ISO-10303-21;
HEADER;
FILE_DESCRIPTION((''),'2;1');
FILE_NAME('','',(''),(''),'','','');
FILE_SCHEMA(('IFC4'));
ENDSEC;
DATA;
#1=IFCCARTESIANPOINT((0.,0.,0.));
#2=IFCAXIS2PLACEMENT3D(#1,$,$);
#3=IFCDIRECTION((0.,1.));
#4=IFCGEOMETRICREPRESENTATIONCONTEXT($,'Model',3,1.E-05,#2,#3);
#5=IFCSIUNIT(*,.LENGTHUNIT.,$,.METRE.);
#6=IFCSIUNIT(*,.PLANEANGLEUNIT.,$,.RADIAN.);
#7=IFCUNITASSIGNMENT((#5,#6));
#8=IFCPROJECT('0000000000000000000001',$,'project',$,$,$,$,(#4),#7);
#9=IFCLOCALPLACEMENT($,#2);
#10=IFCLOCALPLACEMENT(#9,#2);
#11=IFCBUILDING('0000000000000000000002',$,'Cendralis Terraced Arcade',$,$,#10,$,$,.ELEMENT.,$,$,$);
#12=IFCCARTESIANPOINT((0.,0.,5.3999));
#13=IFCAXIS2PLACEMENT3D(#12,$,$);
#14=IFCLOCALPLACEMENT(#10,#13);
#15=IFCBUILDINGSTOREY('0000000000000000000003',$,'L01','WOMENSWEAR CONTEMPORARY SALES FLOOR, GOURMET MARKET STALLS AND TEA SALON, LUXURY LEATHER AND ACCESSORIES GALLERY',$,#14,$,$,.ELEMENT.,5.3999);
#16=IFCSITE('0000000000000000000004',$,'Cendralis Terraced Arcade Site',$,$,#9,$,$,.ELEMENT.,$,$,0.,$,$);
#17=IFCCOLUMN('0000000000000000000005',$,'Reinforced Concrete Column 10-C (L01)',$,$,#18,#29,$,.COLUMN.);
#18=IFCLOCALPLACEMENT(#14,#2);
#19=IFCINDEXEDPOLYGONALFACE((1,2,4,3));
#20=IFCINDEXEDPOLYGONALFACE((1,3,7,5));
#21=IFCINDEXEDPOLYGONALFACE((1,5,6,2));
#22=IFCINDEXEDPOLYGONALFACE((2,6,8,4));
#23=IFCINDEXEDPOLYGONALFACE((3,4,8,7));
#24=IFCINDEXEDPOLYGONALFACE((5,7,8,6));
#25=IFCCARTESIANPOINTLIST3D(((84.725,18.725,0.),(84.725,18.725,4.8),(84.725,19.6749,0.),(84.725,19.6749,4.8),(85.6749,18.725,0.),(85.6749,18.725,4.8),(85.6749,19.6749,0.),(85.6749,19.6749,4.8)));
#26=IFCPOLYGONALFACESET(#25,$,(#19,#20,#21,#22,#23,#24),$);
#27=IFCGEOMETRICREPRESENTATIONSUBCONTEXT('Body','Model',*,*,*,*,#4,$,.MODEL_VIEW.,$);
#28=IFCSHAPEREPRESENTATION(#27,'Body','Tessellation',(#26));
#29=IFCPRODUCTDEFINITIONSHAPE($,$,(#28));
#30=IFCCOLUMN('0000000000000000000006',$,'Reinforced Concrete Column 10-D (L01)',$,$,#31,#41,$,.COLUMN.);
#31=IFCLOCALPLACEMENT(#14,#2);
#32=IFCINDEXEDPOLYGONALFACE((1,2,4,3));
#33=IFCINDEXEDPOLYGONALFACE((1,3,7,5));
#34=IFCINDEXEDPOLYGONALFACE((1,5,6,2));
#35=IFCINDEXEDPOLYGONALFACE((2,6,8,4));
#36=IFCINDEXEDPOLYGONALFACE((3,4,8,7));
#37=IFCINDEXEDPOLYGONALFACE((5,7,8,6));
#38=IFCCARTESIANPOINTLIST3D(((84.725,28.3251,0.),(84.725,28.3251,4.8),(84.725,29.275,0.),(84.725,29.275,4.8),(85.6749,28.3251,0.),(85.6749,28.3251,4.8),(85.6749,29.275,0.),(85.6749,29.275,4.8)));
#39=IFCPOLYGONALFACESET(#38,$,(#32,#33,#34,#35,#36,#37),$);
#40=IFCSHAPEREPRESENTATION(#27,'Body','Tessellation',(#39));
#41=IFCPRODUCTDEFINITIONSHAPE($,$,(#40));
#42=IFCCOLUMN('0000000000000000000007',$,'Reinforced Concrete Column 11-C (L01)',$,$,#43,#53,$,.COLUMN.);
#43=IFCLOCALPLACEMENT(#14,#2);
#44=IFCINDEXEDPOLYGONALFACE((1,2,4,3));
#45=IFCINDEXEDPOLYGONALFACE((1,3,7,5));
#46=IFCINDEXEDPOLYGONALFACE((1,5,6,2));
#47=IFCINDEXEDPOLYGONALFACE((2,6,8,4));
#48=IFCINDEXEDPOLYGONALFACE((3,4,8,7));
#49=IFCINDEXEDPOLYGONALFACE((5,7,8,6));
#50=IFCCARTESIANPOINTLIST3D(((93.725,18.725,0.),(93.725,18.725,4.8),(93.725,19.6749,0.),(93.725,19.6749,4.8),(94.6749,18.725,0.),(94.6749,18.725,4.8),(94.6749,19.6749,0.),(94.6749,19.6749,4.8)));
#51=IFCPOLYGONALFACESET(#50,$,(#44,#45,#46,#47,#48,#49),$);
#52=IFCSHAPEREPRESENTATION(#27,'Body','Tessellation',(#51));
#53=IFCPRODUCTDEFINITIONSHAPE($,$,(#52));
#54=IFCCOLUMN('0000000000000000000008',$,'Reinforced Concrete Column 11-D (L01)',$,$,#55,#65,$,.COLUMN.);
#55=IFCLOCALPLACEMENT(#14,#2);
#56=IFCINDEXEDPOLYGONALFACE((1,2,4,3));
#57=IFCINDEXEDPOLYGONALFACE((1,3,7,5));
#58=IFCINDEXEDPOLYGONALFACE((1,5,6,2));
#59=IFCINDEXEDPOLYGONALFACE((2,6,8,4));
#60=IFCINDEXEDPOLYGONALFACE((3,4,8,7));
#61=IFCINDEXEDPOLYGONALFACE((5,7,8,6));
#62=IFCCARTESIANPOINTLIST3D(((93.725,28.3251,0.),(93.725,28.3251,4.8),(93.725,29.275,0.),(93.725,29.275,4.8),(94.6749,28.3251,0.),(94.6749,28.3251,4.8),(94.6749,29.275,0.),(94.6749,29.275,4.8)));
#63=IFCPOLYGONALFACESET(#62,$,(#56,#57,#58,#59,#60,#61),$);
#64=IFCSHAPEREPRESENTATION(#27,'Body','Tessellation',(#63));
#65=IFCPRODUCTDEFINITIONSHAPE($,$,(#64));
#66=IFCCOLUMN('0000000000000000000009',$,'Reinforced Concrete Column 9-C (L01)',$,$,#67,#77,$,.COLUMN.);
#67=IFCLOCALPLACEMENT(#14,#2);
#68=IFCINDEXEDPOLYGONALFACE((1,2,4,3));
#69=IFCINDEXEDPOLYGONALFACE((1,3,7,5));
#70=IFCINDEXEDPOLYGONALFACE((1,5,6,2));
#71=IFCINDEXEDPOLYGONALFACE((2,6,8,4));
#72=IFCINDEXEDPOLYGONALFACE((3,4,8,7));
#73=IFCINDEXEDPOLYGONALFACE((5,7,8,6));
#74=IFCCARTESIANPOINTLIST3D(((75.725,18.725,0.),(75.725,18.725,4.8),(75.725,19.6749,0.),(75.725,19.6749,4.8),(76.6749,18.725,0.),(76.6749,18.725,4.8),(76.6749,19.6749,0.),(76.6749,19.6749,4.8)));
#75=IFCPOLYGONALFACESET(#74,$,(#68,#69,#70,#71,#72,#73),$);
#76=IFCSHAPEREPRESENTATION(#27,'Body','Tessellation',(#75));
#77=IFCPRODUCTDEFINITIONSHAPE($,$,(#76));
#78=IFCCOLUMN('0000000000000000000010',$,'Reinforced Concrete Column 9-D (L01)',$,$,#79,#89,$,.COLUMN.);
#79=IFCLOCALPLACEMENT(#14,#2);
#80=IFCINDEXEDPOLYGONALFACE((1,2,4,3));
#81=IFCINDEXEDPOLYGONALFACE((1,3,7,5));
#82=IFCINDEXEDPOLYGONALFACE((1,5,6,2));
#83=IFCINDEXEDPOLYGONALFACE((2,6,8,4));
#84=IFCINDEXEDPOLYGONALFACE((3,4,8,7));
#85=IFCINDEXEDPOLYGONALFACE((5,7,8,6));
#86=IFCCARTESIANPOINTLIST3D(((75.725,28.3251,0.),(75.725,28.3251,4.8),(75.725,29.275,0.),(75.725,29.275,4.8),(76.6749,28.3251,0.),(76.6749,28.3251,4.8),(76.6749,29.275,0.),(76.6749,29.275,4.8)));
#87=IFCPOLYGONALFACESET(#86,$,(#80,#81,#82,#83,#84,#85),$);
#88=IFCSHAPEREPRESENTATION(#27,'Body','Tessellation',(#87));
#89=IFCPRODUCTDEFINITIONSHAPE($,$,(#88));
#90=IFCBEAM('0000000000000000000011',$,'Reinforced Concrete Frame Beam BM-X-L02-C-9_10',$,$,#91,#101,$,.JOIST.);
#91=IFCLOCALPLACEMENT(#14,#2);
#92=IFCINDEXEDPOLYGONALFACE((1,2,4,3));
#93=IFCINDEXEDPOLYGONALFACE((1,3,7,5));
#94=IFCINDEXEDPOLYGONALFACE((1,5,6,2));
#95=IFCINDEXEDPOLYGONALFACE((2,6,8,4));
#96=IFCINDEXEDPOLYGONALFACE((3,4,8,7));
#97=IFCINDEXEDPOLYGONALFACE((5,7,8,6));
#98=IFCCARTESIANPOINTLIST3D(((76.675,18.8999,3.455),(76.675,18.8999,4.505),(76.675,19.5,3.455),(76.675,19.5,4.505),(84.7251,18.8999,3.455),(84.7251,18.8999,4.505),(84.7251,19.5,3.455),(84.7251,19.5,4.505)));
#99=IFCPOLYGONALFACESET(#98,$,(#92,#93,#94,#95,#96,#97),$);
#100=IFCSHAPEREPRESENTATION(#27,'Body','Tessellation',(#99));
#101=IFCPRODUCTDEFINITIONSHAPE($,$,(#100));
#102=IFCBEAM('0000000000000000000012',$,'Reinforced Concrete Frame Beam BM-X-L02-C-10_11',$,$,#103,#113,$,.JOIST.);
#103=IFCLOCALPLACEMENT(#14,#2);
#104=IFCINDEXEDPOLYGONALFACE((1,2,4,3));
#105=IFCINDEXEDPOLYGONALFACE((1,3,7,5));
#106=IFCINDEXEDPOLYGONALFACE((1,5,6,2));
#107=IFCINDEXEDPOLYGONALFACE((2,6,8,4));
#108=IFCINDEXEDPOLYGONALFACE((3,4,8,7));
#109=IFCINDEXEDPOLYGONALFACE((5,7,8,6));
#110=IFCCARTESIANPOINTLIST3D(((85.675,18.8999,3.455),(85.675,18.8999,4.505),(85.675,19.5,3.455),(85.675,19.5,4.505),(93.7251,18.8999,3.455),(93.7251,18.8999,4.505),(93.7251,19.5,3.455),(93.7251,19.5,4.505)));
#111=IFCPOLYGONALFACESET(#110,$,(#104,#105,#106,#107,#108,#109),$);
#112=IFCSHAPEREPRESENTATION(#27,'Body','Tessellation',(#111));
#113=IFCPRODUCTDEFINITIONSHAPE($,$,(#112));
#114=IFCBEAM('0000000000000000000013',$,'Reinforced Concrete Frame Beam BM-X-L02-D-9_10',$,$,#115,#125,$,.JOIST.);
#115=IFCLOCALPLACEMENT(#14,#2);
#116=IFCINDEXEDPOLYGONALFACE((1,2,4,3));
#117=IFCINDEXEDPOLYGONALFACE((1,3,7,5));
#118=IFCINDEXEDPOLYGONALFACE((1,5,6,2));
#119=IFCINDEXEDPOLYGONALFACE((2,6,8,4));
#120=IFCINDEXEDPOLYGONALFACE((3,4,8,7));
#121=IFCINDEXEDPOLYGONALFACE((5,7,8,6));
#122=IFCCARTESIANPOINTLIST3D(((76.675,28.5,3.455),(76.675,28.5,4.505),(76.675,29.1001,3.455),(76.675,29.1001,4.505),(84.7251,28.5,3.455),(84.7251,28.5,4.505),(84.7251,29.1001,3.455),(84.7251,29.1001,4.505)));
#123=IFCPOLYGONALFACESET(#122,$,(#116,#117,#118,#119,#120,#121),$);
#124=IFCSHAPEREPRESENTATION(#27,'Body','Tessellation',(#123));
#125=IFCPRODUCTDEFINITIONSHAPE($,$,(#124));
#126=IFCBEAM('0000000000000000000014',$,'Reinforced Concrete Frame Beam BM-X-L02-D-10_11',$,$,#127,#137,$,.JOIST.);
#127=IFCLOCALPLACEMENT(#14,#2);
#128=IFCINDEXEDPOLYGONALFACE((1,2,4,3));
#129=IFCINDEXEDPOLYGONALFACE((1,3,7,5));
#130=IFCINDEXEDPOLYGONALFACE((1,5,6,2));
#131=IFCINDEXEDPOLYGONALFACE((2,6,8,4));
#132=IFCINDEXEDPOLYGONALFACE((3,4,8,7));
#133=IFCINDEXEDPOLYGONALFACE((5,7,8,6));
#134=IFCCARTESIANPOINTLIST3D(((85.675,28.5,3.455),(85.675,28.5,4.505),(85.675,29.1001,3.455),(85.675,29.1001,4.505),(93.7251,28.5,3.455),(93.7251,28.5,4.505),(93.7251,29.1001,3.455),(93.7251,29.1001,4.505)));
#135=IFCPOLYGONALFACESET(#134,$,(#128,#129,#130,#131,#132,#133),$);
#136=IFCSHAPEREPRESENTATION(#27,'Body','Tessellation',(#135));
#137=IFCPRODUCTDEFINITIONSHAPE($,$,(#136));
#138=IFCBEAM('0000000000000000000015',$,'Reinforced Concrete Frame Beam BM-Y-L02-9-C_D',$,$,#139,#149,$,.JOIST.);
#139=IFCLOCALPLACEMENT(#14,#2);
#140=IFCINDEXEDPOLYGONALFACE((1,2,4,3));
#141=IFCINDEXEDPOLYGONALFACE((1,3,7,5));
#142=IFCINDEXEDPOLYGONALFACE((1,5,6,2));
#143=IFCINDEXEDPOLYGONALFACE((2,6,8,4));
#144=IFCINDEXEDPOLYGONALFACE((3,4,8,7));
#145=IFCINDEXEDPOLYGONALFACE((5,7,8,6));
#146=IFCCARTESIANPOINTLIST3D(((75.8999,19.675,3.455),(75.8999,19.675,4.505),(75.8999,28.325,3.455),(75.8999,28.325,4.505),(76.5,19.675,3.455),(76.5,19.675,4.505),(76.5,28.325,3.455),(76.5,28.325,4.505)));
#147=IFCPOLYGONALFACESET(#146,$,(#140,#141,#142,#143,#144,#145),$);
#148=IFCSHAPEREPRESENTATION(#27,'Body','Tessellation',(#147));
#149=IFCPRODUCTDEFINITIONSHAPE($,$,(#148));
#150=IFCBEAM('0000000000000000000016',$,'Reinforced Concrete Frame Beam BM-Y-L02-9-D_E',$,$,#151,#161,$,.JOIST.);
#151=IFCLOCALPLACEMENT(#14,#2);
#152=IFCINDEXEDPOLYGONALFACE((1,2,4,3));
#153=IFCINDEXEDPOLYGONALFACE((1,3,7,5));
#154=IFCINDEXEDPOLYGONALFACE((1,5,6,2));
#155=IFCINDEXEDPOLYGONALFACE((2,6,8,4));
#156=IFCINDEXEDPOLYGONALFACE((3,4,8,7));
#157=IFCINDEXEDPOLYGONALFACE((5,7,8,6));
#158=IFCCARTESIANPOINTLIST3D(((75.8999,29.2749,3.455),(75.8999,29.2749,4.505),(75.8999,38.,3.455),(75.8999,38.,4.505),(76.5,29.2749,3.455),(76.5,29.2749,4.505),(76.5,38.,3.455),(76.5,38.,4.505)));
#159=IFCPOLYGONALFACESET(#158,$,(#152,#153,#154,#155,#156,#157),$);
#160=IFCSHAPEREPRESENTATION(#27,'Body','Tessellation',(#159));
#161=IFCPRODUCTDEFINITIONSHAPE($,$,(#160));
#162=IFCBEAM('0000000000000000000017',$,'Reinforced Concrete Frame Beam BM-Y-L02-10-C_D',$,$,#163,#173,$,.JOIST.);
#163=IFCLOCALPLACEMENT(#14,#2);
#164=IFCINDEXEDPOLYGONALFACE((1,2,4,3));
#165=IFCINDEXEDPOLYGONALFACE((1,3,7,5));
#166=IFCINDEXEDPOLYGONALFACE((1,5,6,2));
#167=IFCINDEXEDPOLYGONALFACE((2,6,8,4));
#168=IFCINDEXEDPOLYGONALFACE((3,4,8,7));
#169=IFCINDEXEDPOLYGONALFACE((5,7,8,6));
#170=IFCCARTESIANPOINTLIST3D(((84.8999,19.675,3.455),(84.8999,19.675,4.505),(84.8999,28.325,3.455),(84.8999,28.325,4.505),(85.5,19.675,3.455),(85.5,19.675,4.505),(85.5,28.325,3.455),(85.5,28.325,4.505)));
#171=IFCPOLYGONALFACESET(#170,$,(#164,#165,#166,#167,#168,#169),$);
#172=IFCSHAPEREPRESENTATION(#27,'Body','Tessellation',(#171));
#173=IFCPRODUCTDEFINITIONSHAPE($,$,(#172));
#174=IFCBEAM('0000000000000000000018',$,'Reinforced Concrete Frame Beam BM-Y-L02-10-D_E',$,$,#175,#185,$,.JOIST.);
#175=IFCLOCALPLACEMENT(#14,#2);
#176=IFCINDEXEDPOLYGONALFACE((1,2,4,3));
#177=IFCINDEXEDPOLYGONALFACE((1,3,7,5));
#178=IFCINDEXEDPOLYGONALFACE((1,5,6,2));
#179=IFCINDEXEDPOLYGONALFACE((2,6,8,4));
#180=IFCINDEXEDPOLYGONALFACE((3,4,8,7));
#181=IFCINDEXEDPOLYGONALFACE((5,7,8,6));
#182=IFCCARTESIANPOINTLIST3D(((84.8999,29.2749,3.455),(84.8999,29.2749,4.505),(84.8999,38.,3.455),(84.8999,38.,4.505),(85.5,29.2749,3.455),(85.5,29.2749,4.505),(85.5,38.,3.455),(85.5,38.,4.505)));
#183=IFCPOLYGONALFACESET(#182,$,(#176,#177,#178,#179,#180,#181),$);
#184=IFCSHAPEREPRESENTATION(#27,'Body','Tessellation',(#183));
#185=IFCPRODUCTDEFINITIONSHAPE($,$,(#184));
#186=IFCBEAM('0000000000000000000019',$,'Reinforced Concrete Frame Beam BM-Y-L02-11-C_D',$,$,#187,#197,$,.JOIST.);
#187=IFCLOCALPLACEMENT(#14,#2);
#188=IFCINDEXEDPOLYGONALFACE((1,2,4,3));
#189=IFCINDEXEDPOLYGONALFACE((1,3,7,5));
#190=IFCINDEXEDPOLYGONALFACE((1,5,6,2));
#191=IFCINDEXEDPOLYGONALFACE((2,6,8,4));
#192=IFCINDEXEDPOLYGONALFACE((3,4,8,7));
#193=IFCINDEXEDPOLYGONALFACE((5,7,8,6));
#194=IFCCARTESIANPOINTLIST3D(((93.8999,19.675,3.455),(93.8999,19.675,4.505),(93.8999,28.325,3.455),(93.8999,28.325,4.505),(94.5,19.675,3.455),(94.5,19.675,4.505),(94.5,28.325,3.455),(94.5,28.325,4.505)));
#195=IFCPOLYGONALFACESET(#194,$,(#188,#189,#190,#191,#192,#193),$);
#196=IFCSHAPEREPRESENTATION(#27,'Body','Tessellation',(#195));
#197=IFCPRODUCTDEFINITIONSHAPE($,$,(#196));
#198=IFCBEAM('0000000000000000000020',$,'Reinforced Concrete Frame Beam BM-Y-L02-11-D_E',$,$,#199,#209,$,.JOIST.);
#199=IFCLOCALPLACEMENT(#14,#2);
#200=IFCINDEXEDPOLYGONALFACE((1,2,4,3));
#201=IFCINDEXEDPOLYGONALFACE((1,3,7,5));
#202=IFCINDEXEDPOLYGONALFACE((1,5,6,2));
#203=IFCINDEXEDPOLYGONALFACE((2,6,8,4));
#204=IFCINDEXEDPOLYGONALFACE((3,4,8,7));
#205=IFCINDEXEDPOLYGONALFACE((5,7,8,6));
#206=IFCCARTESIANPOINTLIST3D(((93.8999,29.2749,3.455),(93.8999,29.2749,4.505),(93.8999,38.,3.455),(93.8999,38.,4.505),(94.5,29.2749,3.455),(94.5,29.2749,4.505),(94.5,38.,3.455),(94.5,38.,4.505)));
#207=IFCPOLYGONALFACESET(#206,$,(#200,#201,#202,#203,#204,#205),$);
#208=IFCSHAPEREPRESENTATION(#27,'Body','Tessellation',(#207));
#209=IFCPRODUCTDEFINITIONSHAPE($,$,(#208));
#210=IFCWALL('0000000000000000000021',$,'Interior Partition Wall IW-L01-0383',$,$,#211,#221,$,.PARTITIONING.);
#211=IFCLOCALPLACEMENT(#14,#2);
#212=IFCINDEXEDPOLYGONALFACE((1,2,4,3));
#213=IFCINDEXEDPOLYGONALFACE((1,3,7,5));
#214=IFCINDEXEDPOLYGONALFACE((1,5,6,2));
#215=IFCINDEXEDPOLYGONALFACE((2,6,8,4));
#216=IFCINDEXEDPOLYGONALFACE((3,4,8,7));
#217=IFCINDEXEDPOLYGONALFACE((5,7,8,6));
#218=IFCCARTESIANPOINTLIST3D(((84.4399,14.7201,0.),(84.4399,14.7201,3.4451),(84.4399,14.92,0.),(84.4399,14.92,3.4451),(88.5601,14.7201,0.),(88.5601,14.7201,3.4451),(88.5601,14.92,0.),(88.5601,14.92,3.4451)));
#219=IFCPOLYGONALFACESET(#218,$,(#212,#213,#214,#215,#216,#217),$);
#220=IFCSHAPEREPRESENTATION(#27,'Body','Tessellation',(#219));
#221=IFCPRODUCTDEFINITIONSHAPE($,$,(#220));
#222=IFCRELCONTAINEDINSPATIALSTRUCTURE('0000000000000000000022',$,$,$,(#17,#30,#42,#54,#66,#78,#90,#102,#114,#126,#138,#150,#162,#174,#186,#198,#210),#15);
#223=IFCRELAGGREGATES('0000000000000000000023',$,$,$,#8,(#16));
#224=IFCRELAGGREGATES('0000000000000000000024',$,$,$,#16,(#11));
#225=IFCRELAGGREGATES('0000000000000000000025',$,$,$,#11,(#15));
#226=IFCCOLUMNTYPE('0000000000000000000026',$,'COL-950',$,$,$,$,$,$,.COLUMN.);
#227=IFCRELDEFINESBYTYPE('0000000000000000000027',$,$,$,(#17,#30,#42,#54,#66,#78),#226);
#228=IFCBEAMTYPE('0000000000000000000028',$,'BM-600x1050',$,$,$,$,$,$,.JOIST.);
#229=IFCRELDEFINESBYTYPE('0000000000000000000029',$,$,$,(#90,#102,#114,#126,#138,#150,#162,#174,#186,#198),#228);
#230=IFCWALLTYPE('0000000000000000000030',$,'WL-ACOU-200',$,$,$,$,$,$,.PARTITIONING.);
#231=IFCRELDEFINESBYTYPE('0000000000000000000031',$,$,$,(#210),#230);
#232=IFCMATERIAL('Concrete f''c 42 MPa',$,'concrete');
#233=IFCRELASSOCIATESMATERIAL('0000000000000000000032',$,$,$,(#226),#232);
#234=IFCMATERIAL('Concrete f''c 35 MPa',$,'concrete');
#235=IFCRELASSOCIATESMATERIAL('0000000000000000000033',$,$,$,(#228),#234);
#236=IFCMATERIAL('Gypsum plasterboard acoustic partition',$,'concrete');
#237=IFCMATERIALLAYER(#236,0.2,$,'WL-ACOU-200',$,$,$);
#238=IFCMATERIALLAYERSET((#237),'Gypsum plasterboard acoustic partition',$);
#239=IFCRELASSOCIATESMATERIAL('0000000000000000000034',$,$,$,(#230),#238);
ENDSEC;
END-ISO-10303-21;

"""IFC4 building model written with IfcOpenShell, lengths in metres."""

from ifc_helpers import new_model, si_unit, direction, frame, frame_2d, origin, origin_2d, place, context, subcontext, project, spatial, rectangle, extrude, material, layer, layer_set, material_profile, profile_set, type_object, element, save


model = new_model("IFC4")

# Units and contexts
model_context = context("Model", 3, precision=1e-05, world=origin(), true_north=direction((0.0, 1.0)))
body_context = subcontext(model_context, "Body", "Model", "MODEL_VIEW")
ifc_project = project(units=[si_unit("LENGTHUNIT", "METRE"), si_unit("PLANEANGLEUNIT", "RADIAN")], contexts=[model_context])

# Site, building, storey
site_placement = place(None, origin())
site = spatial("IfcSite", under=ifc_project, at=site_placement, Name="Cendralis Terraced Arcade Site", CompositionType="ELEMENT", RefElevation=0.0)
building_placement = place(site_placement, origin())
building = spatial("IfcBuilding", under=site, at=building_placement, Name="Cendralis Terraced Arcade", CompositionType="ELEMENT")
storey_placement = place(building_placement, frame((0.0, 0.0, 5.3999)))
storey = spatial("IfcBuildingStorey", under=building, at=storey_placement, Name="L01", Description="WOMENSWEAR CONTEMPORARY SALES FLOOR, GOURMET MARKET STALLS AND TEA SALON, LUXURY LEATHER AND ACCESSORIES GALLERY", CompositionType="ELEMENT", Elevation=5.3999)

# Columns
ifc_material_1 = material(Name="Concrete f'c 42 MPa", Category="concrete")
ifc_material_profile_1 = material_profile(ifc_material_1, rectangle(XDim=0.95, YDim=0.95, at=origin_2d()), Name="RC-COL-950x950", Category="LoadBearing")
ifc_profile_set_1 = profile_set([ifc_material_profile_1], Name="Concrete f'c 42 MPa")
column_type = type_object("IfcColumnType", Name="COL-950", PredefinedType="COLUMN", material=ifc_profile_set_1)
for number, where, z_axis, x_axis, name in (
    (1, (85.2, 19.2, 0.0), (0.0, 0.0, 1.0), (1.0, 0.0, 0.0), "Reinforced Concrete Column 10-C (L01)"),
    (2, (85.2, 28.8, 0.0), (0.0, 0.0, 1.0), (1.0, 0.0, 0.0), "Reinforced Concrete Column 10-D (L01)"),
    (3, (94.2, 19.2, 0.0), (0.0, 0.0, 1.0), (1.0, 0.0, 0.0), "Reinforced Concrete Column 11-C (L01)"),
    (4, (94.2, 28.8, 0.0), (0.0, 0.0, 1.0), (1.0, 0.0, 0.0), "Reinforced Concrete Column 11-D (L01)"),
    (5, (76.2, 19.2, 0.0), (0.0, 0.0, 1.0), (1.0, 0.0, 0.0), "Reinforced Concrete Column 9-C (L01)"),
    (6, (76.2, 28.8, 0.0), (0.0, 0.0, 1.0), (1.0, 0.0, 0.0), "Reinforced Concrete Column 9-D (L01)"),
):
    element("IfcColumn", number, at=place(storey_placement, frame(where, z_axis=z_axis, x_axis=x_axis)), inside=storey, type_object=column_type, Name=name, PredefinedType="COLUMN", context=body_context, shape_type="SweptSolid", body=[
        extrude(rectangle(XDim=0.95, YDim=0.95, at=origin_2d()), origin(), (0.0, 0.0, 1.0), 4.8),
    ])

# Beams
ifc_material_2 = material(Name="Concrete f'c 35 MPa", Category="concrete")
ifc_material_profile_2 = material_profile(ifc_material_2, rectangle(XDim=0.6001, YDim=1.05, at=origin_2d()), Name="RC-BM-600x1050", Category="LoadBearing")
ifc_profile_set_2 = profile_set([ifc_material_profile_2], Name="Concrete f'c 35 MPa")
beam_type = type_object("IfcBeamType", Name="BM-600x1050", PredefinedType="JOIST", material=ifc_profile_set_2)
for number, where, z_axis, x_axis, name in (
    (7, (76.675, 19.2, 3.98), (1.0, 0.0, 0.0), (0.0, 1.0, 0.0), "Reinforced Concrete Frame Beam BM-X-L02-C-9_10"),
    (8, (85.675, 19.2, 3.98), (1.0, 0.0, 0.0), (0.0, 1.0, 0.0), "Reinforced Concrete Frame Beam BM-X-L02-C-10_11"),
    (9, (76.675, 28.8, 3.98), (1.0, 0.0, 0.0), (0.0, 1.0, 0.0), "Reinforced Concrete Frame Beam BM-X-L02-D-9_10"),
    (10, (85.675, 28.8, 3.98), (1.0, 0.0, 0.0), (0.0, 1.0, 0.0), "Reinforced Concrete Frame Beam BM-X-L02-D-10_11"),
):
    element("IfcBeam", number, at=place(storey_placement, frame(where, z_axis=z_axis, x_axis=x_axis)), inside=storey, type_object=beam_type, Name=name, PredefinedType="JOIST", context=body_context, shape_type="SweptSolid", body=[
        extrude(rectangle(XDim=0.6001, YDim=1.05, at=origin_2d()), origin(), (0.0, 0.0, 1.0), 8.05),
    ])
beam_1_placement = place(storey_placement, frame((76.2, 19.675, 3.98), z_axis=(0.0, 1.0, 0.0), x_axis=(-1.0, 0.0, 0.0)))
element("IfcBeam", 11, at=beam_1_placement, inside=storey, type_object=beam_type, Name="Reinforced Concrete Frame Beam BM-Y-L02-9-C_D", PredefinedType="JOIST", context=body_context, shape_type="SweptSolid", body=[
    extrude(rectangle(XDim=0.6001, YDim=1.05, at=origin_2d()), origin(), (0.0, 0.0, 1.0), 8.6499),
])
beam_2_placement = place(storey_placement, frame((76.2, 29.2749, 3.98), z_axis=(0.0, 1.0, 0.0), x_axis=(-1.0, 0.0, 0.0)))
element("IfcBeam", 12, at=beam_2_placement, inside=storey, type_object=beam_type, Name="Reinforced Concrete Frame Beam BM-Y-L02-9-D_E", PredefinedType="JOIST", context=body_context, shape_type="SweptSolid", body=[
    extrude(rectangle(XDim=0.6001, YDim=1.05, at=origin_2d()), origin(), (0.0, 0.0, 1.0), 8.7251),
])
beam_3_placement = place(storey_placement, frame((85.2, 19.675, 3.98), z_axis=(0.0, 1.0, 0.0), x_axis=(-1.0, 0.0, 0.0)))
element("IfcBeam", 13, at=beam_3_placement, inside=storey, type_object=beam_type, Name="Reinforced Concrete Frame Beam BM-Y-L02-10-C_D", PredefinedType="JOIST", context=body_context, shape_type="SweptSolid", body=[
    extrude(rectangle(XDim=0.6001, YDim=1.05, at=origin_2d()), origin(), (0.0, 0.0, 1.0), 8.6499),
])
beam_4_placement = place(storey_placement, frame((85.2, 29.2749, 3.98), z_axis=(0.0, 1.0, 0.0), x_axis=(-1.0, 0.0, 0.0)))
element("IfcBeam", 14, at=beam_4_placement, inside=storey, type_object=beam_type, Name="Reinforced Concrete Frame Beam BM-Y-L02-10-D_E", PredefinedType="JOIST", context=body_context, shape_type="SweptSolid", body=[
    extrude(rectangle(XDim=0.6001, YDim=1.05, at=origin_2d()), origin(), (0.0, 0.0, 1.0), 8.7251),
])
beam_5_placement = place(storey_placement, frame((94.2, 19.675, 3.98), z_axis=(0.0, 1.0, 0.0), x_axis=(-1.0, 0.0, 0.0)))
element("IfcBeam", 15, at=beam_5_placement, inside=storey, type_object=beam_type, Name="Reinforced Concrete Frame Beam BM-Y-L02-11-C_D", PredefinedType="JOIST", context=body_context, shape_type="SweptSolid", body=[
    extrude(rectangle(XDim=0.6001, YDim=1.05, at=origin_2d()), origin(), (0.0, 0.0, 1.0), 8.6499),
])
beam_6_placement = place(storey_placement, frame((94.2, 29.2749, 3.98), z_axis=(0.0, 1.0, 0.0), x_axis=(-1.0, 0.0, 0.0)))
element("IfcBeam", 16, at=beam_6_placement, inside=storey, type_object=beam_type, Name="Reinforced Concrete Frame Beam BM-Y-L02-11-D_E", PredefinedType="JOIST", context=body_context, shape_type="SweptSolid", body=[
    extrude(rectangle(XDim=0.6001, YDim=1.05, at=origin_2d()), origin(), (0.0, 0.0, 1.0), 8.7251),
])

# Wall
ifc_material_3 = material(Name="Gypsum plasterboard acoustic partition", Category="concrete")
ifc_layer_1 = layer(ifc_material_3, 0.2, Name="WL-ACOU-200")
ifc_layer_set_1 = layer_set([ifc_layer_1], Name="Gypsum plasterboard acoustic partition")
wall_type_1 = type_object("IfcWallType", Name="WL-ACOU-200", PredefinedType="PARTITIONING", material=ifc_layer_set_1)
wall_1_placement = place(storey_placement, frame((84.4399, 14.8201, 0.0), z_axis=(0.0, 0.0, 1.0), x_axis=(1.0, 0.0, 0.0)))
element("IfcWall", 17, at=wall_1_placement, inside=storey, type_object=wall_type_1, Name="Interior Partition Wall IW-L01-0383", PredefinedType="PARTITIONING", context=body_context, shape_type="SweptSolid", body=[
    extrude(rectangle(XDim=4.1201, YDim=0.2, at=frame_2d((2.0601, 0.0))), origin(), (0.0, 0.0, 1.0), 3.4451),
])

save(model, "model.ifc")
